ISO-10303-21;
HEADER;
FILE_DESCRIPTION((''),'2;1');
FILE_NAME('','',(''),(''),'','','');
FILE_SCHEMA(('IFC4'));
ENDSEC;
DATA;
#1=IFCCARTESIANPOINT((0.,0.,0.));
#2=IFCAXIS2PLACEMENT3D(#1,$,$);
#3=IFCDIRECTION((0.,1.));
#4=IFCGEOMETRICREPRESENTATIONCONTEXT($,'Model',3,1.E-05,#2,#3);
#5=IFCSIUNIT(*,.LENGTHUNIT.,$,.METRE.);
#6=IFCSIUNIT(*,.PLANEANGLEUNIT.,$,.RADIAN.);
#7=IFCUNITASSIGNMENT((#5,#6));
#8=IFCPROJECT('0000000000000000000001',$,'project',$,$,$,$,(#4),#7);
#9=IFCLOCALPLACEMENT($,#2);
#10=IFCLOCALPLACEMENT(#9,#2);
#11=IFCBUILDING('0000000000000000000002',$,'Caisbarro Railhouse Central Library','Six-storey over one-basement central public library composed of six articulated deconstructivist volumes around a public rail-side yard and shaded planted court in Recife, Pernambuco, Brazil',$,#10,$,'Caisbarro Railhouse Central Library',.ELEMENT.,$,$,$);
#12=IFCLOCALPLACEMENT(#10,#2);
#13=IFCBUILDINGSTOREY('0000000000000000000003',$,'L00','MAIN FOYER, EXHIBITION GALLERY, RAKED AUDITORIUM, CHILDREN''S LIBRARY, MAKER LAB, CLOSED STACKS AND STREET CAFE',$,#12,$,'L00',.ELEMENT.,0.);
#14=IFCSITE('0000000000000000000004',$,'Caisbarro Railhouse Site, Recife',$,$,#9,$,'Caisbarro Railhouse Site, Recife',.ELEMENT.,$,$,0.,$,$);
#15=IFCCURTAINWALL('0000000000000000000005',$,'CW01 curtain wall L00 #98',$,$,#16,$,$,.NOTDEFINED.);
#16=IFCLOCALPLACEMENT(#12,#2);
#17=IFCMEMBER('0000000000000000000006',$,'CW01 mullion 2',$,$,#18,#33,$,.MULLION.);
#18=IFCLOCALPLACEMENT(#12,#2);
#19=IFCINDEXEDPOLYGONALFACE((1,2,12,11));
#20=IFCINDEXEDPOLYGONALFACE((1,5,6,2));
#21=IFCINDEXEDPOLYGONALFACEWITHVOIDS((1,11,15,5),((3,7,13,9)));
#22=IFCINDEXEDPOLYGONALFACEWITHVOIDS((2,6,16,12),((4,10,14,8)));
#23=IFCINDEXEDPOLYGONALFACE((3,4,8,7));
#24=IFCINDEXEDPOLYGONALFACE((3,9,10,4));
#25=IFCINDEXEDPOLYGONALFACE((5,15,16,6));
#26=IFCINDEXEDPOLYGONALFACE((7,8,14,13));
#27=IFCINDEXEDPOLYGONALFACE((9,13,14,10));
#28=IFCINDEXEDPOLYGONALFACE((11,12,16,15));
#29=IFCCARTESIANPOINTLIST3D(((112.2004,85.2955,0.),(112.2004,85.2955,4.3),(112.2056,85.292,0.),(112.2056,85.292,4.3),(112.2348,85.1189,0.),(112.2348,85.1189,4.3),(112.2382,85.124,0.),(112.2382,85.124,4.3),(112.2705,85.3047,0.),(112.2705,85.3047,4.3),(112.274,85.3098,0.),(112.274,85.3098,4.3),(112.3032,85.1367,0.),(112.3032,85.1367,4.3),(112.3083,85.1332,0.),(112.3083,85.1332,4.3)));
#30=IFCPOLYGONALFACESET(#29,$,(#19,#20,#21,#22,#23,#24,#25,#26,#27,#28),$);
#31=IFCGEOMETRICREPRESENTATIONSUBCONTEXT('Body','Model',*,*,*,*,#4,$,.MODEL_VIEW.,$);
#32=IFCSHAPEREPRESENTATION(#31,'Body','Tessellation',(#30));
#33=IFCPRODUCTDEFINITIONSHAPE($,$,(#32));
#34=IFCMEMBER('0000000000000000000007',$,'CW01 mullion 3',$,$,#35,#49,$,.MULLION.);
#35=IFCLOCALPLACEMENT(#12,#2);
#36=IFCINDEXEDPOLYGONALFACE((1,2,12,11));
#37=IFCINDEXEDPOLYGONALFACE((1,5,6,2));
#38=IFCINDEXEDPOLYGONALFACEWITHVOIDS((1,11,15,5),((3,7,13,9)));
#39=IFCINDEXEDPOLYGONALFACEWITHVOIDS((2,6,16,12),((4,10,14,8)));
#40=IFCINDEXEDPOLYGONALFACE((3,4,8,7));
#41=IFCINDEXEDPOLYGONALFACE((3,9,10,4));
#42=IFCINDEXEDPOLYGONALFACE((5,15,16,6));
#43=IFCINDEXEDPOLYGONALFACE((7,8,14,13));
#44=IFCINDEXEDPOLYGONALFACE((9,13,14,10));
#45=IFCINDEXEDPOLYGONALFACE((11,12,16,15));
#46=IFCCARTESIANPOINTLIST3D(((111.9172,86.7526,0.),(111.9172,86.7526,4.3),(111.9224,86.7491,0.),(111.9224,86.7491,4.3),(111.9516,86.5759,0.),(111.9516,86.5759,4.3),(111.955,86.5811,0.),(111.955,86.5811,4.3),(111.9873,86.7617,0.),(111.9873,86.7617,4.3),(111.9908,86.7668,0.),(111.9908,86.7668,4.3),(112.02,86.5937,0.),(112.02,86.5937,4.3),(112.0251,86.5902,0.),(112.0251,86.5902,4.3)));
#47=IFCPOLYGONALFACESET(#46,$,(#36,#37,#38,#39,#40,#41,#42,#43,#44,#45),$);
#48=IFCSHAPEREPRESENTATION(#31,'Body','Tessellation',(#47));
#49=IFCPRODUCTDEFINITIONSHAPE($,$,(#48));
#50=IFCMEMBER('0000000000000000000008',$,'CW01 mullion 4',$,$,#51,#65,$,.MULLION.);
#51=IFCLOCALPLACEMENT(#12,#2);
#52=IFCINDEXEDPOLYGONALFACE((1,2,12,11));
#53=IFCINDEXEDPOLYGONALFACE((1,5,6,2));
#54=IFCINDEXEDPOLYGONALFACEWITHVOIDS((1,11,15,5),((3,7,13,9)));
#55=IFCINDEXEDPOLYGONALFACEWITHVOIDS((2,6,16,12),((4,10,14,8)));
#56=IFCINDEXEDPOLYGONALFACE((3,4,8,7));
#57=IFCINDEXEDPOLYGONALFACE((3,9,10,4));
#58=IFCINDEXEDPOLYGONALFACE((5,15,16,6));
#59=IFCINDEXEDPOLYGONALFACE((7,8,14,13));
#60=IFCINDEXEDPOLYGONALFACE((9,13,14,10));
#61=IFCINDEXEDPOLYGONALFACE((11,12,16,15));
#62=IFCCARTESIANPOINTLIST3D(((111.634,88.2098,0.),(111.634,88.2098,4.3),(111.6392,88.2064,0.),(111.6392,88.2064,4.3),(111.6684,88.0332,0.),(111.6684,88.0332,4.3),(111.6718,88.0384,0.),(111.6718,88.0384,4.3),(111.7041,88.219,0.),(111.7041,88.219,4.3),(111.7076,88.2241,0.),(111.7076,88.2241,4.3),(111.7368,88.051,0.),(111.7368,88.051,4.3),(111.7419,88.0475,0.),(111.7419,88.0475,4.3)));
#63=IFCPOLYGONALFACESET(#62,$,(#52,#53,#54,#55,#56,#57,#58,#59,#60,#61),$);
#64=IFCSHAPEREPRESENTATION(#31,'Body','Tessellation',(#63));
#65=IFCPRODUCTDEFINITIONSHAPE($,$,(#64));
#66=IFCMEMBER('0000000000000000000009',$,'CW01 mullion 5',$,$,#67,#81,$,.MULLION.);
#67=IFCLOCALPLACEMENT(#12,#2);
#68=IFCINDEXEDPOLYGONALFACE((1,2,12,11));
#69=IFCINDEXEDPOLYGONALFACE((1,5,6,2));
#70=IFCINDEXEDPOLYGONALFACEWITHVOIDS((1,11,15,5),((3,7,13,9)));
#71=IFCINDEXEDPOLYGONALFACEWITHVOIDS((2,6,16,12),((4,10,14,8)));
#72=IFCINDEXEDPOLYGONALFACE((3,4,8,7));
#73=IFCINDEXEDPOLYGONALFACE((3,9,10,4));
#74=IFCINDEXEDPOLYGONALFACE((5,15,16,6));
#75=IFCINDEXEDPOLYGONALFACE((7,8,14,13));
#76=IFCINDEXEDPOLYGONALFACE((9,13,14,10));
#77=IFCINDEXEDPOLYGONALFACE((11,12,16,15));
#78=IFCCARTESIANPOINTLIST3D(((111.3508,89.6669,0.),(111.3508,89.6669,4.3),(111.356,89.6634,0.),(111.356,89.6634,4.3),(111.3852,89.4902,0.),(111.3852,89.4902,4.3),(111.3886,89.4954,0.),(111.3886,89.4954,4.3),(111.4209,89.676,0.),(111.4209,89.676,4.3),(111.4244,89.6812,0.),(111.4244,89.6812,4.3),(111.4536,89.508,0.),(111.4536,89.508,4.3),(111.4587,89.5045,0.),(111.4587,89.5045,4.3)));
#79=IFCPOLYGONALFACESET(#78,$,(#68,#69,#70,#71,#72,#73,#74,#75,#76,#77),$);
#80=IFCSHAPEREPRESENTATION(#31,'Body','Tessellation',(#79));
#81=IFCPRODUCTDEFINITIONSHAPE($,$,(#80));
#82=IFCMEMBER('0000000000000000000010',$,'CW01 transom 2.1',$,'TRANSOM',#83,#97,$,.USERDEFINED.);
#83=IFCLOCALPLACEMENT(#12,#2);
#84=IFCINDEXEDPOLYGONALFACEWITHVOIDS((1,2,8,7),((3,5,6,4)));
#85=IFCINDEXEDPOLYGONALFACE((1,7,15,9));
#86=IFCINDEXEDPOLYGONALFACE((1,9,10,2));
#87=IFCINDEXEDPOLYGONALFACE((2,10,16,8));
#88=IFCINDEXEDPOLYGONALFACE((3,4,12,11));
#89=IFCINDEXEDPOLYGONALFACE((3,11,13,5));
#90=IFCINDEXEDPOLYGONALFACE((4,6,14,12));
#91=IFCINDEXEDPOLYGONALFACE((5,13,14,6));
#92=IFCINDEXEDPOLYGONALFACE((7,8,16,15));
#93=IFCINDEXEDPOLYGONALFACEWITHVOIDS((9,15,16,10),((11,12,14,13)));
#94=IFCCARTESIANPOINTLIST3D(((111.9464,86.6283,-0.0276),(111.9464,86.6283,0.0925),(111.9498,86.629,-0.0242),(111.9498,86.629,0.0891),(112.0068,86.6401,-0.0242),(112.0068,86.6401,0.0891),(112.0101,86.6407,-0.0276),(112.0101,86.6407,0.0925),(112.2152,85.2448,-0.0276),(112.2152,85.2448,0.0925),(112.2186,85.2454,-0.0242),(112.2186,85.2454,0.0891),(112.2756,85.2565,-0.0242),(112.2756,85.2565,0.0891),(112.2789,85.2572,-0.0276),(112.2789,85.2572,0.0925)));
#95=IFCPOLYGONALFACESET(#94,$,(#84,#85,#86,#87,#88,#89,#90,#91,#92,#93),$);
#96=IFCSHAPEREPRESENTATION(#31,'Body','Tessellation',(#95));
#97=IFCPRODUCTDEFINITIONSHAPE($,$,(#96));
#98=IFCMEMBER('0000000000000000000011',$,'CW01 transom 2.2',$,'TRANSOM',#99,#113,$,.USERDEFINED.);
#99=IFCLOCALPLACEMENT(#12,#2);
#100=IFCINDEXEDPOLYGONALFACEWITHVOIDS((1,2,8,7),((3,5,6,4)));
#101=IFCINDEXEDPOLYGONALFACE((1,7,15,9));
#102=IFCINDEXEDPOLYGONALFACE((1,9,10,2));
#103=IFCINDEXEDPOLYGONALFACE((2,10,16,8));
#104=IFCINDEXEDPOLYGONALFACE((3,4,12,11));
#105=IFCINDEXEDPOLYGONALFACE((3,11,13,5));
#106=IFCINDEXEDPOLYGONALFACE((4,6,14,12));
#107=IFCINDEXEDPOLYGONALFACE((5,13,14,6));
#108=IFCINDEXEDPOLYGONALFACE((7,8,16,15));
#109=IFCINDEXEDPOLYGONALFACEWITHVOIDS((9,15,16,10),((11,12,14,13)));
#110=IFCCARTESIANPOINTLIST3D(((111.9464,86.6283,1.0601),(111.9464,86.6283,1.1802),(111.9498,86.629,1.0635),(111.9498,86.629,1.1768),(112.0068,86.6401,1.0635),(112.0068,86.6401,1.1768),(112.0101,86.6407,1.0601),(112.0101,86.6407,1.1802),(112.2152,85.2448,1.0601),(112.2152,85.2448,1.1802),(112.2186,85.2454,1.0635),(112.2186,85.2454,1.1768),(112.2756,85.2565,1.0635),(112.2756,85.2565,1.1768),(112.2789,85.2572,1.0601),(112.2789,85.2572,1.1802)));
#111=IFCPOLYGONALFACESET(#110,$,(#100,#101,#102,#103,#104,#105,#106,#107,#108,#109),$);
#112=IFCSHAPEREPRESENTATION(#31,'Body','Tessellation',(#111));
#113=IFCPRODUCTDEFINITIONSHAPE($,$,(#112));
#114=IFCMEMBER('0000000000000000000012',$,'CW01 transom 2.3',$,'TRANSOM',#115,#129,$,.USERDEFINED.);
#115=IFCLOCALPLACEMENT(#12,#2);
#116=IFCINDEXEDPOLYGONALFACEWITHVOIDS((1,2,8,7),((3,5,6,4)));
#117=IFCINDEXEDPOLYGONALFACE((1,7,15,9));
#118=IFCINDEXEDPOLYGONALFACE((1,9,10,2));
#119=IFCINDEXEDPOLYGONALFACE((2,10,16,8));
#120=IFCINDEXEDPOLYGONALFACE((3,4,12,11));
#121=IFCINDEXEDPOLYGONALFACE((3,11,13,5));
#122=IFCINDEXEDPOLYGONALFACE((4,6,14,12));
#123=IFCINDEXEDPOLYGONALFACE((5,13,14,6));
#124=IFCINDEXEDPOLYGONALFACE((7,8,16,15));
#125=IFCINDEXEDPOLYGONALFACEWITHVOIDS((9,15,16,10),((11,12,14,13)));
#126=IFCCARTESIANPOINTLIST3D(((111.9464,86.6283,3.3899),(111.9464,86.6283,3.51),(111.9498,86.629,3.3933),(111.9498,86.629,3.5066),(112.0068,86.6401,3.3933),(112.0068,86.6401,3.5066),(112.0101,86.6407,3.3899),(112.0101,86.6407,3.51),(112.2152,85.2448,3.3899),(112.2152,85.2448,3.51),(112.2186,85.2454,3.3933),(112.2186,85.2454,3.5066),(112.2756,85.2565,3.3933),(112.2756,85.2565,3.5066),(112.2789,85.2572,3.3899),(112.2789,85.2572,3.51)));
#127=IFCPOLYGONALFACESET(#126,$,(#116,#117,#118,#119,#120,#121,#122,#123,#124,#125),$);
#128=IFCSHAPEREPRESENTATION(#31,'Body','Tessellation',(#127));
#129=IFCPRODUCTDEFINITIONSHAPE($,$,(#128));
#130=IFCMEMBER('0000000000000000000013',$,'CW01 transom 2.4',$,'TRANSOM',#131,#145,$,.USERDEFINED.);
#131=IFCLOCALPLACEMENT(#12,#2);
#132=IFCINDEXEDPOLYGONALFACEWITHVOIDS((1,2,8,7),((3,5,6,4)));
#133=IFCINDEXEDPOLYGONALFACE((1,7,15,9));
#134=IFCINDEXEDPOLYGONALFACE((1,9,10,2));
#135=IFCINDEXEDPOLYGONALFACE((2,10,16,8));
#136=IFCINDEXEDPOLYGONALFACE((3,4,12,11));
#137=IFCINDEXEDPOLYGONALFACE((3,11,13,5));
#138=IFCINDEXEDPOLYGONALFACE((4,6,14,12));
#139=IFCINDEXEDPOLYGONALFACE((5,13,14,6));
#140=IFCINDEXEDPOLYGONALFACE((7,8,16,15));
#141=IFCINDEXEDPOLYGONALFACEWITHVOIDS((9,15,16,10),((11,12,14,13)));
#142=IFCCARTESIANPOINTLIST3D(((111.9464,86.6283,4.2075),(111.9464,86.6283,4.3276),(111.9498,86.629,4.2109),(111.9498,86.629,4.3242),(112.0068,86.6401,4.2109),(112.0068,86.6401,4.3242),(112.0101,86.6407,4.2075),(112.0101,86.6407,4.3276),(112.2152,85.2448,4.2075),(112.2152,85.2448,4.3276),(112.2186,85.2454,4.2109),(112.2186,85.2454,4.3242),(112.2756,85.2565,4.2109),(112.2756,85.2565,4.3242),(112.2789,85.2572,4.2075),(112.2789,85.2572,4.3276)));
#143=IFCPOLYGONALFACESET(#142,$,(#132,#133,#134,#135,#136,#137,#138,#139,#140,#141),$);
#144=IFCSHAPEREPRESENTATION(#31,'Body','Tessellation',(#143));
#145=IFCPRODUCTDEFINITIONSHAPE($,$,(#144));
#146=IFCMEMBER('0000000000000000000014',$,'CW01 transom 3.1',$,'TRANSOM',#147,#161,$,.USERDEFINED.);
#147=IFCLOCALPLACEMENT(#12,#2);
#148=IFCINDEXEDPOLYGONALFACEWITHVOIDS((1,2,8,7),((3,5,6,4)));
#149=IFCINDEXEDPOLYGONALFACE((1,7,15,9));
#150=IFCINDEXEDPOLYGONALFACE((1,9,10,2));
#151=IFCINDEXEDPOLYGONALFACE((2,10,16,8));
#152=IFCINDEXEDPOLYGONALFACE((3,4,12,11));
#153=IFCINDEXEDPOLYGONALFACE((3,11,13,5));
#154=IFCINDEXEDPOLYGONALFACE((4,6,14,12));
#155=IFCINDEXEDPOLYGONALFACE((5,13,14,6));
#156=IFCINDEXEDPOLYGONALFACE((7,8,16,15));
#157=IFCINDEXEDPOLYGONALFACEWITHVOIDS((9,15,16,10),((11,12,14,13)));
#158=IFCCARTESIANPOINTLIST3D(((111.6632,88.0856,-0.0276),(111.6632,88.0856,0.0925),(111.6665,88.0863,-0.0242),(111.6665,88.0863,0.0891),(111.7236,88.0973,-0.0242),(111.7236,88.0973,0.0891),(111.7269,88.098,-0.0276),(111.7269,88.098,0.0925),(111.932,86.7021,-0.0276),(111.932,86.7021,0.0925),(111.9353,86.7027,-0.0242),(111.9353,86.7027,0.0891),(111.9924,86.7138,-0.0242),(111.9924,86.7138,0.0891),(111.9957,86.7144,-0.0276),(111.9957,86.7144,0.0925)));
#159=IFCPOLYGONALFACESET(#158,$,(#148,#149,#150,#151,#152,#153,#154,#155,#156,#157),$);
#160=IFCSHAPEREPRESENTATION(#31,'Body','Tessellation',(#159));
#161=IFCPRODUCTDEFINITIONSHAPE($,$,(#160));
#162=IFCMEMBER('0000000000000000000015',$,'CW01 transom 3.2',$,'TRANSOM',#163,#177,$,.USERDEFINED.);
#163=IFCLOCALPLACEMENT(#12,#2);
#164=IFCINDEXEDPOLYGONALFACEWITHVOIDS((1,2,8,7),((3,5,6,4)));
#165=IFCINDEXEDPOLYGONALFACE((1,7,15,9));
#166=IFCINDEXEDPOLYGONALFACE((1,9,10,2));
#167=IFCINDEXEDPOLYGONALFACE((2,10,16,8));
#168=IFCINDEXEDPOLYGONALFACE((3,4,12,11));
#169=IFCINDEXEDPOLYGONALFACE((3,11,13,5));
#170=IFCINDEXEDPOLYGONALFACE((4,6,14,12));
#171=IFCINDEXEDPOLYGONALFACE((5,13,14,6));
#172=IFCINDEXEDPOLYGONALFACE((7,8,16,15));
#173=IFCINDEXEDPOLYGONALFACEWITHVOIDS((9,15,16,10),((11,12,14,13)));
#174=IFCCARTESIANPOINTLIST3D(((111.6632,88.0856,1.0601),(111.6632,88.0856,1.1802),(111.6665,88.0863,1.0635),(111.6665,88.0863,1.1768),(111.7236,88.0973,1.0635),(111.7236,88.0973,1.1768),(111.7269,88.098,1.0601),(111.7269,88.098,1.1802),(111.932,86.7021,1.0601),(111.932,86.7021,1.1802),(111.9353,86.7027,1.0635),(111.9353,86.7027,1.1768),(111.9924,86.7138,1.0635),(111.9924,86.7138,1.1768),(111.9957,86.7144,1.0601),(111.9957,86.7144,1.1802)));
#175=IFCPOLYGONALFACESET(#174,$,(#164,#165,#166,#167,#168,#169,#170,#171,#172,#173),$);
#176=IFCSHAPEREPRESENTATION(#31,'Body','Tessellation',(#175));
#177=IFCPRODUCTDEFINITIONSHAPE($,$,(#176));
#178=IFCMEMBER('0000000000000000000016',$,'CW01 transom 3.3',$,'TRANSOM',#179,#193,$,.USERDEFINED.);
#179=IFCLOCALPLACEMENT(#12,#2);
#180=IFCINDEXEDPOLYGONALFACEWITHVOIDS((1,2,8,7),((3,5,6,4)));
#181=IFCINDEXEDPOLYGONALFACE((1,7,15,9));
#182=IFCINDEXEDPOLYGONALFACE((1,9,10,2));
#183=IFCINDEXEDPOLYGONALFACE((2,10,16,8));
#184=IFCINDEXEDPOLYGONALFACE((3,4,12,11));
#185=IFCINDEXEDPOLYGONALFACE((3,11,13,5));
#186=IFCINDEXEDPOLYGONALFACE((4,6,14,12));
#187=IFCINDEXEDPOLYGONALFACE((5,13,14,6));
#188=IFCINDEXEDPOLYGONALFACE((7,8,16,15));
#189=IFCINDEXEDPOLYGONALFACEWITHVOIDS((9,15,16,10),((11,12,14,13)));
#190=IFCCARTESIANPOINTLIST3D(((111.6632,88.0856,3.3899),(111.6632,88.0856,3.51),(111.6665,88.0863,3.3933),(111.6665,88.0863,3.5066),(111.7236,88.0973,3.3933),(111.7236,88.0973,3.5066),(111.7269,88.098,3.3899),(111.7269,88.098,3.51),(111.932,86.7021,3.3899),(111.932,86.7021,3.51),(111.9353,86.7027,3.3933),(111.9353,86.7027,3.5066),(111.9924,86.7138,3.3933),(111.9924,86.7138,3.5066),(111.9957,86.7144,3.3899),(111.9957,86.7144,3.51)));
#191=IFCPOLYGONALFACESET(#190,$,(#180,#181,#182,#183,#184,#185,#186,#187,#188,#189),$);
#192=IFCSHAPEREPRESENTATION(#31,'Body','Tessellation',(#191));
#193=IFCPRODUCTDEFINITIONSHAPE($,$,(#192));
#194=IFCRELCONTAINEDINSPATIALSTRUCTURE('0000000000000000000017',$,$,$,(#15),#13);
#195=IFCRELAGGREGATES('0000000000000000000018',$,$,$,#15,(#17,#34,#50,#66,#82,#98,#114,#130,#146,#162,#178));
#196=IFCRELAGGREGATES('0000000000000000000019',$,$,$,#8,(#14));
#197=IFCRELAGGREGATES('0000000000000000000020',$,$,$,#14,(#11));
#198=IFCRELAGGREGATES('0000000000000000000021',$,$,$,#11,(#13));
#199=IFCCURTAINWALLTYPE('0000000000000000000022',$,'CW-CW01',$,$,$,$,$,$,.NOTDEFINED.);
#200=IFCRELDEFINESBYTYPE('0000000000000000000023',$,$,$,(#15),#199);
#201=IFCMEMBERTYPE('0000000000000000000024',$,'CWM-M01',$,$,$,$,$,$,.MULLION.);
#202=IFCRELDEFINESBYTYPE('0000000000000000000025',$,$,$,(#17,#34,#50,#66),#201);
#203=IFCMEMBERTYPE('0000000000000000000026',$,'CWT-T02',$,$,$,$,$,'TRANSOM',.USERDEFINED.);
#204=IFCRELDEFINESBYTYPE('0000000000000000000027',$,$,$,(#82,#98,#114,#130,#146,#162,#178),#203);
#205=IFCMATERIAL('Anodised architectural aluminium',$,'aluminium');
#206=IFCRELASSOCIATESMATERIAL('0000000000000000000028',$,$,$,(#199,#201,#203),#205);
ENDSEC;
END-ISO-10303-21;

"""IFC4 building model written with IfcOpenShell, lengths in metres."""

from ifc_helpers import new_model, si_unit, direction, frame, origin, origin_2d, place, context, subcontext, project, spatial, hollow_rectangle, extrude, material, material_profile, profile_set, type_object, element, aggregate, save


model = new_model("IFC4")

# Units and contexts
model_context = context("Model", 3, precision=1e-05, world=origin(), true_north=direction((0.0, 1.0)))
body_context = subcontext(model_context, "Body", "Model", "MODEL_VIEW")
ifc_project = project(units=[si_unit("LENGTHUNIT", "METRE"), si_unit("PLANEANGLEUNIT", "RADIAN")], contexts=[model_context])

# Site, building, storey
site_placement = place(None, origin())
site = spatial("IfcSite", under=ifc_project, at=site_placement, Name="Caisbarro Railhouse Site, Recife", LongName="Caisbarro Railhouse Site, Recife", CompositionType="ELEMENT", RefElevation=0.0)
building_placement = place(site_placement, origin())
building = spatial("IfcBuilding", under=site, at=building_placement, Name="Caisbarro Railhouse Central Library", Description="Six-storey over one-basement central public library composed of six articulated deconstructivist volumes around a public rail-side yard and shaded planted court in Recife, Pernambuco, Brazil", LongName="Caisbarro Railhouse Central Library", CompositionType="ELEMENT")
storey_placement = place(building_placement, origin())
storey = spatial("IfcBuildingStorey", under=building, at=storey_placement, Name="L00", Description="MAIN FOYER, EXHIBITION GALLERY, RAKED AUDITORIUM, CHILDREN'S LIBRARY, MAKER LAB, CLOSED STACKS AND STREET CAFE", LongName="L00", CompositionType="ELEMENT", Elevation=0.0)

# Curtain wall, members
ifc_material_1 = material(Name="Anodised architectural aluminium", Category="aluminium")
curtain_wall_type = type_object("IfcCurtainWallType", Name="CW-CW01", PredefinedType="NOTDEFINED", material=ifc_material_1)
curtain_wall_placement = place(storey_placement, origin())
curtain_wall = element("IfcCurtainWall", 1, at=curtain_wall_placement, inside=storey, type_object=curtain_wall_type, Name="CW01 curtain wall L00 #98", PredefinedType="NOTDEFINED")
ifc_material_profile_1 = material_profile(ifc_material_1, hollow_rectangle(XDim=0.075, YDim=0.1799, WallThickness=0.0044, at=origin_2d()), Name="ALU-MUL-75X180")
ifc_profile_set_1 = profile_set([ifc_material_profile_1], Name="Anodised architectural aluminium")
member_type_1 = type_object("IfcMemberType", Name="CWM-M01", PredefinedType="MULLION", material=ifc_profile_set_1)
member_1_placement = place(storey_placement, frame((112.2544, 85.2144, 0.0), z_axis=(0.0, 0.0, 1.0), x_axis=(-0.981633, -0.190781, 0.0)))
member_1 = element("IfcMember", 2, at=member_1_placement, type_object=member_type_1, Name="CW01 mullion 2", PredefinedType="MULLION", context=body_context, shape_type="SweptSolid", body=[
    extrude(hollow_rectangle(XDim=0.075, YDim=0.1799, WallThickness=0.0044, at=origin_2d()), origin(), (0.0, 0.0, 1.0), 4.3),
])
member_2_placement = place(storey_placement, frame((111.9712, 86.6714, 0.0), z_axis=(0.0, 0.0, 1.0), x_axis=(-0.981633, -0.190781, 0.0)))
member_2 = element("IfcMember", 3, at=member_2_placement, type_object=member_type_1, Name="CW01 mullion 3", PredefinedType="MULLION", context=body_context, shape_type="SweptSolid", body=[
    extrude(hollow_rectangle(XDim=0.075, YDim=0.1799, WallThickness=0.0044, at=origin_2d()), origin(), (0.0, 0.0, 1.0), 4.3),
])
member_3_placement = place(storey_placement, frame((111.688, 88.1287, 0.0), z_axis=(0.0, 0.0, 1.0), x_axis=(-0.981633, -0.190781, 0.0)))
member_3 = element("IfcMember", 4, at=member_3_placement, type_object=member_type_1, Name="CW01 mullion 4", PredefinedType="MULLION", context=body_context, shape_type="SweptSolid", body=[
    extrude(hollow_rectangle(XDim=0.075, YDim=0.1799, WallThickness=0.0044, at=origin_2d()), origin(), (0.0, 0.0, 1.0), 4.3),
])
member_4_placement = place(storey_placement, frame((111.4048, 89.5857, 0.0), z_axis=(0.0, 0.0, 1.0), x_axis=(-0.981633, -0.190781, 0.0)))
member_4 = element("IfcMember", 5, at=member_4_placement, type_object=member_type_1, Name="CW01 mullion 5", PredefinedType="MULLION", context=body_context, shape_type="SweptSolid", body=[
    extrude(hollow_rectangle(XDim=0.075, YDim=0.1799, WallThickness=0.0044, at=origin_2d()), origin(), (0.0, 0.0, 1.0), 4.3),
])
ifc_material_profile_2 = material_profile(ifc_material_1, hollow_rectangle(XDim=0.0649, YDim=0.1201, WallThickness=0.0034, at=origin_2d()), Name="ALU-TRN-65X120")
ifc_profile_set_2 = profile_set([ifc_material_profile_2], Name="Anodised architectural aluminium")
member_type_2 = type_object("IfcMemberType", Name="CWT-T02", ElementType="TRANSOM", PredefinedType="USERDEFINED", material=ifc_profile_set_2)
member_5_placement = place(storey_placement, frame((112.2471, 85.251, 0.0325), z_axis=(-0.190717, 0.981645, 0.0), x_axis=(-0.981645, -0.190717, 0.0)))
member_5 = element("IfcMember", 6, at=member_5_placement, type_object=member_type_2, Name="CW01 transom 2.1", ObjectType="TRANSOM", PredefinedType="USERDEFINED", context=body_context, shape_type="SweptSolid", body=[
    extrude(hollow_rectangle(XDim=0.0649, YDim=0.1201, WallThickness=0.0034, at=origin_2d()), origin(), (0.0, 0.0, 1.0), 1.4094),
])
member_6_placement = place(storey_placement, frame((112.2471, 85.251, 1.1201), z_axis=(-0.190717, 0.981645, 0.0), x_axis=(-0.981645, -0.190717, 0.0)))
member_6 = element("IfcMember", 7, at=member_6_placement, type_object=member_type_2, Name="CW01 transom 2.2", ObjectType="TRANSOM", PredefinedType="USERDEFINED", context=body_context, shape_type="SweptSolid", body=[
    extrude(hollow_rectangle(XDim=0.0649, YDim=0.1201, WallThickness=0.0034, at=origin_2d()), origin(), (0.0, 0.0, 1.0), 1.4094),
])
member_7_placement = place(storey_placement, frame((112.2471, 85.251, 3.45), z_axis=(-0.190717, 0.981645, 0.0), x_axis=(-0.981645, -0.190717, 0.0)))
member_7 = element("IfcMember", 8, at=member_7_placement, type_object=member_type_2, Name="CW01 transom 2.3", ObjectType="TRANSOM", PredefinedType="USERDEFINED", context=body_context, shape_type="SweptSolid", body=[
    extrude(hollow_rectangle(XDim=0.0649, YDim=0.1201, WallThickness=0.0034, at=origin_2d()), origin(), (0.0, 0.0, 1.0), 1.4094),
])
member_8_placement = place(storey_placement, frame((112.2471, 85.251, 4.2676), z_axis=(-0.190717, 0.981645, 0.0), x_axis=(-0.981645, -0.190717, 0.0)))
member_8 = element("IfcMember", 9, at=member_8_placement, type_object=member_type_2, Name="CW01 transom 2.4", ObjectType="TRANSOM", PredefinedType="USERDEFINED", context=body_context, shape_type="SweptSolid", body=[
    extrude(hollow_rectangle(XDim=0.0649, YDim=0.1201, WallThickness=0.0034, at=origin_2d()), origin(), (0.0, 0.0, 1.0), 1.4094),
])
member_9_placement = place(storey_placement, frame((111.9639, 86.7083, 0.0325), z_axis=(-0.190717, 0.981645, 0.0), x_axis=(-0.981645, -0.190717, 0.0)))
member_9 = element("IfcMember", 10, at=member_9_placement, type_object=member_type_2, Name="CW01 transom 3.1", ObjectType="TRANSOM", PredefinedType="USERDEFINED", context=body_context, shape_type="SweptSolid", body=[
    extrude(hollow_rectangle(XDim=0.0649, YDim=0.1201, WallThickness=0.0034, at=origin_2d()), origin(), (0.0, 0.0, 1.0), 1.4094),
])
member_10_placement = place(storey_placement, frame((111.9639, 86.7083, 1.1201), z_axis=(-0.190717, 0.981645, 0.0), x_axis=(-0.981645, -0.190717, 0.0)))
member_10 = element("IfcMember", 11, at=member_10_placement, type_object=member_type_2, Name="CW01 transom 3.2", ObjectType="TRANSOM", PredefinedType="USERDEFINED", context=body_context, shape_type="SweptSolid", body=[
    extrude(hollow_rectangle(XDim=0.0649, YDim=0.1201, WallThickness=0.0034, at=origin_2d()), origin(), (0.0, 0.0, 1.0), 1.4094),
])
member_11_placement = place(storey_placement, frame((111.9639, 86.7083, 3.45), z_axis=(-0.190717, 0.981645, 0.0), x_axis=(-0.981645, -0.190717, 0.0)))
member_11 = element("IfcMember", 12, at=member_11_placement, type_object=member_type_2, Name="CW01 transom 3.3", ObjectType="TRANSOM", PredefinedType="USERDEFINED", context=body_context, shape_type="SweptSolid", body=[
    extrude(hollow_rectangle(XDim=0.0649, YDim=0.1201, WallThickness=0.0034, at=origin_2d()), origin(), (0.0, 0.0, 1.0), 1.4094),
])
aggregate(curtain_wall, [member_1, member_2, member_3, member_4, member_5, member_6, member_7, member_8, member_9, member_10, member_11])

save(model, "model.ifc")
